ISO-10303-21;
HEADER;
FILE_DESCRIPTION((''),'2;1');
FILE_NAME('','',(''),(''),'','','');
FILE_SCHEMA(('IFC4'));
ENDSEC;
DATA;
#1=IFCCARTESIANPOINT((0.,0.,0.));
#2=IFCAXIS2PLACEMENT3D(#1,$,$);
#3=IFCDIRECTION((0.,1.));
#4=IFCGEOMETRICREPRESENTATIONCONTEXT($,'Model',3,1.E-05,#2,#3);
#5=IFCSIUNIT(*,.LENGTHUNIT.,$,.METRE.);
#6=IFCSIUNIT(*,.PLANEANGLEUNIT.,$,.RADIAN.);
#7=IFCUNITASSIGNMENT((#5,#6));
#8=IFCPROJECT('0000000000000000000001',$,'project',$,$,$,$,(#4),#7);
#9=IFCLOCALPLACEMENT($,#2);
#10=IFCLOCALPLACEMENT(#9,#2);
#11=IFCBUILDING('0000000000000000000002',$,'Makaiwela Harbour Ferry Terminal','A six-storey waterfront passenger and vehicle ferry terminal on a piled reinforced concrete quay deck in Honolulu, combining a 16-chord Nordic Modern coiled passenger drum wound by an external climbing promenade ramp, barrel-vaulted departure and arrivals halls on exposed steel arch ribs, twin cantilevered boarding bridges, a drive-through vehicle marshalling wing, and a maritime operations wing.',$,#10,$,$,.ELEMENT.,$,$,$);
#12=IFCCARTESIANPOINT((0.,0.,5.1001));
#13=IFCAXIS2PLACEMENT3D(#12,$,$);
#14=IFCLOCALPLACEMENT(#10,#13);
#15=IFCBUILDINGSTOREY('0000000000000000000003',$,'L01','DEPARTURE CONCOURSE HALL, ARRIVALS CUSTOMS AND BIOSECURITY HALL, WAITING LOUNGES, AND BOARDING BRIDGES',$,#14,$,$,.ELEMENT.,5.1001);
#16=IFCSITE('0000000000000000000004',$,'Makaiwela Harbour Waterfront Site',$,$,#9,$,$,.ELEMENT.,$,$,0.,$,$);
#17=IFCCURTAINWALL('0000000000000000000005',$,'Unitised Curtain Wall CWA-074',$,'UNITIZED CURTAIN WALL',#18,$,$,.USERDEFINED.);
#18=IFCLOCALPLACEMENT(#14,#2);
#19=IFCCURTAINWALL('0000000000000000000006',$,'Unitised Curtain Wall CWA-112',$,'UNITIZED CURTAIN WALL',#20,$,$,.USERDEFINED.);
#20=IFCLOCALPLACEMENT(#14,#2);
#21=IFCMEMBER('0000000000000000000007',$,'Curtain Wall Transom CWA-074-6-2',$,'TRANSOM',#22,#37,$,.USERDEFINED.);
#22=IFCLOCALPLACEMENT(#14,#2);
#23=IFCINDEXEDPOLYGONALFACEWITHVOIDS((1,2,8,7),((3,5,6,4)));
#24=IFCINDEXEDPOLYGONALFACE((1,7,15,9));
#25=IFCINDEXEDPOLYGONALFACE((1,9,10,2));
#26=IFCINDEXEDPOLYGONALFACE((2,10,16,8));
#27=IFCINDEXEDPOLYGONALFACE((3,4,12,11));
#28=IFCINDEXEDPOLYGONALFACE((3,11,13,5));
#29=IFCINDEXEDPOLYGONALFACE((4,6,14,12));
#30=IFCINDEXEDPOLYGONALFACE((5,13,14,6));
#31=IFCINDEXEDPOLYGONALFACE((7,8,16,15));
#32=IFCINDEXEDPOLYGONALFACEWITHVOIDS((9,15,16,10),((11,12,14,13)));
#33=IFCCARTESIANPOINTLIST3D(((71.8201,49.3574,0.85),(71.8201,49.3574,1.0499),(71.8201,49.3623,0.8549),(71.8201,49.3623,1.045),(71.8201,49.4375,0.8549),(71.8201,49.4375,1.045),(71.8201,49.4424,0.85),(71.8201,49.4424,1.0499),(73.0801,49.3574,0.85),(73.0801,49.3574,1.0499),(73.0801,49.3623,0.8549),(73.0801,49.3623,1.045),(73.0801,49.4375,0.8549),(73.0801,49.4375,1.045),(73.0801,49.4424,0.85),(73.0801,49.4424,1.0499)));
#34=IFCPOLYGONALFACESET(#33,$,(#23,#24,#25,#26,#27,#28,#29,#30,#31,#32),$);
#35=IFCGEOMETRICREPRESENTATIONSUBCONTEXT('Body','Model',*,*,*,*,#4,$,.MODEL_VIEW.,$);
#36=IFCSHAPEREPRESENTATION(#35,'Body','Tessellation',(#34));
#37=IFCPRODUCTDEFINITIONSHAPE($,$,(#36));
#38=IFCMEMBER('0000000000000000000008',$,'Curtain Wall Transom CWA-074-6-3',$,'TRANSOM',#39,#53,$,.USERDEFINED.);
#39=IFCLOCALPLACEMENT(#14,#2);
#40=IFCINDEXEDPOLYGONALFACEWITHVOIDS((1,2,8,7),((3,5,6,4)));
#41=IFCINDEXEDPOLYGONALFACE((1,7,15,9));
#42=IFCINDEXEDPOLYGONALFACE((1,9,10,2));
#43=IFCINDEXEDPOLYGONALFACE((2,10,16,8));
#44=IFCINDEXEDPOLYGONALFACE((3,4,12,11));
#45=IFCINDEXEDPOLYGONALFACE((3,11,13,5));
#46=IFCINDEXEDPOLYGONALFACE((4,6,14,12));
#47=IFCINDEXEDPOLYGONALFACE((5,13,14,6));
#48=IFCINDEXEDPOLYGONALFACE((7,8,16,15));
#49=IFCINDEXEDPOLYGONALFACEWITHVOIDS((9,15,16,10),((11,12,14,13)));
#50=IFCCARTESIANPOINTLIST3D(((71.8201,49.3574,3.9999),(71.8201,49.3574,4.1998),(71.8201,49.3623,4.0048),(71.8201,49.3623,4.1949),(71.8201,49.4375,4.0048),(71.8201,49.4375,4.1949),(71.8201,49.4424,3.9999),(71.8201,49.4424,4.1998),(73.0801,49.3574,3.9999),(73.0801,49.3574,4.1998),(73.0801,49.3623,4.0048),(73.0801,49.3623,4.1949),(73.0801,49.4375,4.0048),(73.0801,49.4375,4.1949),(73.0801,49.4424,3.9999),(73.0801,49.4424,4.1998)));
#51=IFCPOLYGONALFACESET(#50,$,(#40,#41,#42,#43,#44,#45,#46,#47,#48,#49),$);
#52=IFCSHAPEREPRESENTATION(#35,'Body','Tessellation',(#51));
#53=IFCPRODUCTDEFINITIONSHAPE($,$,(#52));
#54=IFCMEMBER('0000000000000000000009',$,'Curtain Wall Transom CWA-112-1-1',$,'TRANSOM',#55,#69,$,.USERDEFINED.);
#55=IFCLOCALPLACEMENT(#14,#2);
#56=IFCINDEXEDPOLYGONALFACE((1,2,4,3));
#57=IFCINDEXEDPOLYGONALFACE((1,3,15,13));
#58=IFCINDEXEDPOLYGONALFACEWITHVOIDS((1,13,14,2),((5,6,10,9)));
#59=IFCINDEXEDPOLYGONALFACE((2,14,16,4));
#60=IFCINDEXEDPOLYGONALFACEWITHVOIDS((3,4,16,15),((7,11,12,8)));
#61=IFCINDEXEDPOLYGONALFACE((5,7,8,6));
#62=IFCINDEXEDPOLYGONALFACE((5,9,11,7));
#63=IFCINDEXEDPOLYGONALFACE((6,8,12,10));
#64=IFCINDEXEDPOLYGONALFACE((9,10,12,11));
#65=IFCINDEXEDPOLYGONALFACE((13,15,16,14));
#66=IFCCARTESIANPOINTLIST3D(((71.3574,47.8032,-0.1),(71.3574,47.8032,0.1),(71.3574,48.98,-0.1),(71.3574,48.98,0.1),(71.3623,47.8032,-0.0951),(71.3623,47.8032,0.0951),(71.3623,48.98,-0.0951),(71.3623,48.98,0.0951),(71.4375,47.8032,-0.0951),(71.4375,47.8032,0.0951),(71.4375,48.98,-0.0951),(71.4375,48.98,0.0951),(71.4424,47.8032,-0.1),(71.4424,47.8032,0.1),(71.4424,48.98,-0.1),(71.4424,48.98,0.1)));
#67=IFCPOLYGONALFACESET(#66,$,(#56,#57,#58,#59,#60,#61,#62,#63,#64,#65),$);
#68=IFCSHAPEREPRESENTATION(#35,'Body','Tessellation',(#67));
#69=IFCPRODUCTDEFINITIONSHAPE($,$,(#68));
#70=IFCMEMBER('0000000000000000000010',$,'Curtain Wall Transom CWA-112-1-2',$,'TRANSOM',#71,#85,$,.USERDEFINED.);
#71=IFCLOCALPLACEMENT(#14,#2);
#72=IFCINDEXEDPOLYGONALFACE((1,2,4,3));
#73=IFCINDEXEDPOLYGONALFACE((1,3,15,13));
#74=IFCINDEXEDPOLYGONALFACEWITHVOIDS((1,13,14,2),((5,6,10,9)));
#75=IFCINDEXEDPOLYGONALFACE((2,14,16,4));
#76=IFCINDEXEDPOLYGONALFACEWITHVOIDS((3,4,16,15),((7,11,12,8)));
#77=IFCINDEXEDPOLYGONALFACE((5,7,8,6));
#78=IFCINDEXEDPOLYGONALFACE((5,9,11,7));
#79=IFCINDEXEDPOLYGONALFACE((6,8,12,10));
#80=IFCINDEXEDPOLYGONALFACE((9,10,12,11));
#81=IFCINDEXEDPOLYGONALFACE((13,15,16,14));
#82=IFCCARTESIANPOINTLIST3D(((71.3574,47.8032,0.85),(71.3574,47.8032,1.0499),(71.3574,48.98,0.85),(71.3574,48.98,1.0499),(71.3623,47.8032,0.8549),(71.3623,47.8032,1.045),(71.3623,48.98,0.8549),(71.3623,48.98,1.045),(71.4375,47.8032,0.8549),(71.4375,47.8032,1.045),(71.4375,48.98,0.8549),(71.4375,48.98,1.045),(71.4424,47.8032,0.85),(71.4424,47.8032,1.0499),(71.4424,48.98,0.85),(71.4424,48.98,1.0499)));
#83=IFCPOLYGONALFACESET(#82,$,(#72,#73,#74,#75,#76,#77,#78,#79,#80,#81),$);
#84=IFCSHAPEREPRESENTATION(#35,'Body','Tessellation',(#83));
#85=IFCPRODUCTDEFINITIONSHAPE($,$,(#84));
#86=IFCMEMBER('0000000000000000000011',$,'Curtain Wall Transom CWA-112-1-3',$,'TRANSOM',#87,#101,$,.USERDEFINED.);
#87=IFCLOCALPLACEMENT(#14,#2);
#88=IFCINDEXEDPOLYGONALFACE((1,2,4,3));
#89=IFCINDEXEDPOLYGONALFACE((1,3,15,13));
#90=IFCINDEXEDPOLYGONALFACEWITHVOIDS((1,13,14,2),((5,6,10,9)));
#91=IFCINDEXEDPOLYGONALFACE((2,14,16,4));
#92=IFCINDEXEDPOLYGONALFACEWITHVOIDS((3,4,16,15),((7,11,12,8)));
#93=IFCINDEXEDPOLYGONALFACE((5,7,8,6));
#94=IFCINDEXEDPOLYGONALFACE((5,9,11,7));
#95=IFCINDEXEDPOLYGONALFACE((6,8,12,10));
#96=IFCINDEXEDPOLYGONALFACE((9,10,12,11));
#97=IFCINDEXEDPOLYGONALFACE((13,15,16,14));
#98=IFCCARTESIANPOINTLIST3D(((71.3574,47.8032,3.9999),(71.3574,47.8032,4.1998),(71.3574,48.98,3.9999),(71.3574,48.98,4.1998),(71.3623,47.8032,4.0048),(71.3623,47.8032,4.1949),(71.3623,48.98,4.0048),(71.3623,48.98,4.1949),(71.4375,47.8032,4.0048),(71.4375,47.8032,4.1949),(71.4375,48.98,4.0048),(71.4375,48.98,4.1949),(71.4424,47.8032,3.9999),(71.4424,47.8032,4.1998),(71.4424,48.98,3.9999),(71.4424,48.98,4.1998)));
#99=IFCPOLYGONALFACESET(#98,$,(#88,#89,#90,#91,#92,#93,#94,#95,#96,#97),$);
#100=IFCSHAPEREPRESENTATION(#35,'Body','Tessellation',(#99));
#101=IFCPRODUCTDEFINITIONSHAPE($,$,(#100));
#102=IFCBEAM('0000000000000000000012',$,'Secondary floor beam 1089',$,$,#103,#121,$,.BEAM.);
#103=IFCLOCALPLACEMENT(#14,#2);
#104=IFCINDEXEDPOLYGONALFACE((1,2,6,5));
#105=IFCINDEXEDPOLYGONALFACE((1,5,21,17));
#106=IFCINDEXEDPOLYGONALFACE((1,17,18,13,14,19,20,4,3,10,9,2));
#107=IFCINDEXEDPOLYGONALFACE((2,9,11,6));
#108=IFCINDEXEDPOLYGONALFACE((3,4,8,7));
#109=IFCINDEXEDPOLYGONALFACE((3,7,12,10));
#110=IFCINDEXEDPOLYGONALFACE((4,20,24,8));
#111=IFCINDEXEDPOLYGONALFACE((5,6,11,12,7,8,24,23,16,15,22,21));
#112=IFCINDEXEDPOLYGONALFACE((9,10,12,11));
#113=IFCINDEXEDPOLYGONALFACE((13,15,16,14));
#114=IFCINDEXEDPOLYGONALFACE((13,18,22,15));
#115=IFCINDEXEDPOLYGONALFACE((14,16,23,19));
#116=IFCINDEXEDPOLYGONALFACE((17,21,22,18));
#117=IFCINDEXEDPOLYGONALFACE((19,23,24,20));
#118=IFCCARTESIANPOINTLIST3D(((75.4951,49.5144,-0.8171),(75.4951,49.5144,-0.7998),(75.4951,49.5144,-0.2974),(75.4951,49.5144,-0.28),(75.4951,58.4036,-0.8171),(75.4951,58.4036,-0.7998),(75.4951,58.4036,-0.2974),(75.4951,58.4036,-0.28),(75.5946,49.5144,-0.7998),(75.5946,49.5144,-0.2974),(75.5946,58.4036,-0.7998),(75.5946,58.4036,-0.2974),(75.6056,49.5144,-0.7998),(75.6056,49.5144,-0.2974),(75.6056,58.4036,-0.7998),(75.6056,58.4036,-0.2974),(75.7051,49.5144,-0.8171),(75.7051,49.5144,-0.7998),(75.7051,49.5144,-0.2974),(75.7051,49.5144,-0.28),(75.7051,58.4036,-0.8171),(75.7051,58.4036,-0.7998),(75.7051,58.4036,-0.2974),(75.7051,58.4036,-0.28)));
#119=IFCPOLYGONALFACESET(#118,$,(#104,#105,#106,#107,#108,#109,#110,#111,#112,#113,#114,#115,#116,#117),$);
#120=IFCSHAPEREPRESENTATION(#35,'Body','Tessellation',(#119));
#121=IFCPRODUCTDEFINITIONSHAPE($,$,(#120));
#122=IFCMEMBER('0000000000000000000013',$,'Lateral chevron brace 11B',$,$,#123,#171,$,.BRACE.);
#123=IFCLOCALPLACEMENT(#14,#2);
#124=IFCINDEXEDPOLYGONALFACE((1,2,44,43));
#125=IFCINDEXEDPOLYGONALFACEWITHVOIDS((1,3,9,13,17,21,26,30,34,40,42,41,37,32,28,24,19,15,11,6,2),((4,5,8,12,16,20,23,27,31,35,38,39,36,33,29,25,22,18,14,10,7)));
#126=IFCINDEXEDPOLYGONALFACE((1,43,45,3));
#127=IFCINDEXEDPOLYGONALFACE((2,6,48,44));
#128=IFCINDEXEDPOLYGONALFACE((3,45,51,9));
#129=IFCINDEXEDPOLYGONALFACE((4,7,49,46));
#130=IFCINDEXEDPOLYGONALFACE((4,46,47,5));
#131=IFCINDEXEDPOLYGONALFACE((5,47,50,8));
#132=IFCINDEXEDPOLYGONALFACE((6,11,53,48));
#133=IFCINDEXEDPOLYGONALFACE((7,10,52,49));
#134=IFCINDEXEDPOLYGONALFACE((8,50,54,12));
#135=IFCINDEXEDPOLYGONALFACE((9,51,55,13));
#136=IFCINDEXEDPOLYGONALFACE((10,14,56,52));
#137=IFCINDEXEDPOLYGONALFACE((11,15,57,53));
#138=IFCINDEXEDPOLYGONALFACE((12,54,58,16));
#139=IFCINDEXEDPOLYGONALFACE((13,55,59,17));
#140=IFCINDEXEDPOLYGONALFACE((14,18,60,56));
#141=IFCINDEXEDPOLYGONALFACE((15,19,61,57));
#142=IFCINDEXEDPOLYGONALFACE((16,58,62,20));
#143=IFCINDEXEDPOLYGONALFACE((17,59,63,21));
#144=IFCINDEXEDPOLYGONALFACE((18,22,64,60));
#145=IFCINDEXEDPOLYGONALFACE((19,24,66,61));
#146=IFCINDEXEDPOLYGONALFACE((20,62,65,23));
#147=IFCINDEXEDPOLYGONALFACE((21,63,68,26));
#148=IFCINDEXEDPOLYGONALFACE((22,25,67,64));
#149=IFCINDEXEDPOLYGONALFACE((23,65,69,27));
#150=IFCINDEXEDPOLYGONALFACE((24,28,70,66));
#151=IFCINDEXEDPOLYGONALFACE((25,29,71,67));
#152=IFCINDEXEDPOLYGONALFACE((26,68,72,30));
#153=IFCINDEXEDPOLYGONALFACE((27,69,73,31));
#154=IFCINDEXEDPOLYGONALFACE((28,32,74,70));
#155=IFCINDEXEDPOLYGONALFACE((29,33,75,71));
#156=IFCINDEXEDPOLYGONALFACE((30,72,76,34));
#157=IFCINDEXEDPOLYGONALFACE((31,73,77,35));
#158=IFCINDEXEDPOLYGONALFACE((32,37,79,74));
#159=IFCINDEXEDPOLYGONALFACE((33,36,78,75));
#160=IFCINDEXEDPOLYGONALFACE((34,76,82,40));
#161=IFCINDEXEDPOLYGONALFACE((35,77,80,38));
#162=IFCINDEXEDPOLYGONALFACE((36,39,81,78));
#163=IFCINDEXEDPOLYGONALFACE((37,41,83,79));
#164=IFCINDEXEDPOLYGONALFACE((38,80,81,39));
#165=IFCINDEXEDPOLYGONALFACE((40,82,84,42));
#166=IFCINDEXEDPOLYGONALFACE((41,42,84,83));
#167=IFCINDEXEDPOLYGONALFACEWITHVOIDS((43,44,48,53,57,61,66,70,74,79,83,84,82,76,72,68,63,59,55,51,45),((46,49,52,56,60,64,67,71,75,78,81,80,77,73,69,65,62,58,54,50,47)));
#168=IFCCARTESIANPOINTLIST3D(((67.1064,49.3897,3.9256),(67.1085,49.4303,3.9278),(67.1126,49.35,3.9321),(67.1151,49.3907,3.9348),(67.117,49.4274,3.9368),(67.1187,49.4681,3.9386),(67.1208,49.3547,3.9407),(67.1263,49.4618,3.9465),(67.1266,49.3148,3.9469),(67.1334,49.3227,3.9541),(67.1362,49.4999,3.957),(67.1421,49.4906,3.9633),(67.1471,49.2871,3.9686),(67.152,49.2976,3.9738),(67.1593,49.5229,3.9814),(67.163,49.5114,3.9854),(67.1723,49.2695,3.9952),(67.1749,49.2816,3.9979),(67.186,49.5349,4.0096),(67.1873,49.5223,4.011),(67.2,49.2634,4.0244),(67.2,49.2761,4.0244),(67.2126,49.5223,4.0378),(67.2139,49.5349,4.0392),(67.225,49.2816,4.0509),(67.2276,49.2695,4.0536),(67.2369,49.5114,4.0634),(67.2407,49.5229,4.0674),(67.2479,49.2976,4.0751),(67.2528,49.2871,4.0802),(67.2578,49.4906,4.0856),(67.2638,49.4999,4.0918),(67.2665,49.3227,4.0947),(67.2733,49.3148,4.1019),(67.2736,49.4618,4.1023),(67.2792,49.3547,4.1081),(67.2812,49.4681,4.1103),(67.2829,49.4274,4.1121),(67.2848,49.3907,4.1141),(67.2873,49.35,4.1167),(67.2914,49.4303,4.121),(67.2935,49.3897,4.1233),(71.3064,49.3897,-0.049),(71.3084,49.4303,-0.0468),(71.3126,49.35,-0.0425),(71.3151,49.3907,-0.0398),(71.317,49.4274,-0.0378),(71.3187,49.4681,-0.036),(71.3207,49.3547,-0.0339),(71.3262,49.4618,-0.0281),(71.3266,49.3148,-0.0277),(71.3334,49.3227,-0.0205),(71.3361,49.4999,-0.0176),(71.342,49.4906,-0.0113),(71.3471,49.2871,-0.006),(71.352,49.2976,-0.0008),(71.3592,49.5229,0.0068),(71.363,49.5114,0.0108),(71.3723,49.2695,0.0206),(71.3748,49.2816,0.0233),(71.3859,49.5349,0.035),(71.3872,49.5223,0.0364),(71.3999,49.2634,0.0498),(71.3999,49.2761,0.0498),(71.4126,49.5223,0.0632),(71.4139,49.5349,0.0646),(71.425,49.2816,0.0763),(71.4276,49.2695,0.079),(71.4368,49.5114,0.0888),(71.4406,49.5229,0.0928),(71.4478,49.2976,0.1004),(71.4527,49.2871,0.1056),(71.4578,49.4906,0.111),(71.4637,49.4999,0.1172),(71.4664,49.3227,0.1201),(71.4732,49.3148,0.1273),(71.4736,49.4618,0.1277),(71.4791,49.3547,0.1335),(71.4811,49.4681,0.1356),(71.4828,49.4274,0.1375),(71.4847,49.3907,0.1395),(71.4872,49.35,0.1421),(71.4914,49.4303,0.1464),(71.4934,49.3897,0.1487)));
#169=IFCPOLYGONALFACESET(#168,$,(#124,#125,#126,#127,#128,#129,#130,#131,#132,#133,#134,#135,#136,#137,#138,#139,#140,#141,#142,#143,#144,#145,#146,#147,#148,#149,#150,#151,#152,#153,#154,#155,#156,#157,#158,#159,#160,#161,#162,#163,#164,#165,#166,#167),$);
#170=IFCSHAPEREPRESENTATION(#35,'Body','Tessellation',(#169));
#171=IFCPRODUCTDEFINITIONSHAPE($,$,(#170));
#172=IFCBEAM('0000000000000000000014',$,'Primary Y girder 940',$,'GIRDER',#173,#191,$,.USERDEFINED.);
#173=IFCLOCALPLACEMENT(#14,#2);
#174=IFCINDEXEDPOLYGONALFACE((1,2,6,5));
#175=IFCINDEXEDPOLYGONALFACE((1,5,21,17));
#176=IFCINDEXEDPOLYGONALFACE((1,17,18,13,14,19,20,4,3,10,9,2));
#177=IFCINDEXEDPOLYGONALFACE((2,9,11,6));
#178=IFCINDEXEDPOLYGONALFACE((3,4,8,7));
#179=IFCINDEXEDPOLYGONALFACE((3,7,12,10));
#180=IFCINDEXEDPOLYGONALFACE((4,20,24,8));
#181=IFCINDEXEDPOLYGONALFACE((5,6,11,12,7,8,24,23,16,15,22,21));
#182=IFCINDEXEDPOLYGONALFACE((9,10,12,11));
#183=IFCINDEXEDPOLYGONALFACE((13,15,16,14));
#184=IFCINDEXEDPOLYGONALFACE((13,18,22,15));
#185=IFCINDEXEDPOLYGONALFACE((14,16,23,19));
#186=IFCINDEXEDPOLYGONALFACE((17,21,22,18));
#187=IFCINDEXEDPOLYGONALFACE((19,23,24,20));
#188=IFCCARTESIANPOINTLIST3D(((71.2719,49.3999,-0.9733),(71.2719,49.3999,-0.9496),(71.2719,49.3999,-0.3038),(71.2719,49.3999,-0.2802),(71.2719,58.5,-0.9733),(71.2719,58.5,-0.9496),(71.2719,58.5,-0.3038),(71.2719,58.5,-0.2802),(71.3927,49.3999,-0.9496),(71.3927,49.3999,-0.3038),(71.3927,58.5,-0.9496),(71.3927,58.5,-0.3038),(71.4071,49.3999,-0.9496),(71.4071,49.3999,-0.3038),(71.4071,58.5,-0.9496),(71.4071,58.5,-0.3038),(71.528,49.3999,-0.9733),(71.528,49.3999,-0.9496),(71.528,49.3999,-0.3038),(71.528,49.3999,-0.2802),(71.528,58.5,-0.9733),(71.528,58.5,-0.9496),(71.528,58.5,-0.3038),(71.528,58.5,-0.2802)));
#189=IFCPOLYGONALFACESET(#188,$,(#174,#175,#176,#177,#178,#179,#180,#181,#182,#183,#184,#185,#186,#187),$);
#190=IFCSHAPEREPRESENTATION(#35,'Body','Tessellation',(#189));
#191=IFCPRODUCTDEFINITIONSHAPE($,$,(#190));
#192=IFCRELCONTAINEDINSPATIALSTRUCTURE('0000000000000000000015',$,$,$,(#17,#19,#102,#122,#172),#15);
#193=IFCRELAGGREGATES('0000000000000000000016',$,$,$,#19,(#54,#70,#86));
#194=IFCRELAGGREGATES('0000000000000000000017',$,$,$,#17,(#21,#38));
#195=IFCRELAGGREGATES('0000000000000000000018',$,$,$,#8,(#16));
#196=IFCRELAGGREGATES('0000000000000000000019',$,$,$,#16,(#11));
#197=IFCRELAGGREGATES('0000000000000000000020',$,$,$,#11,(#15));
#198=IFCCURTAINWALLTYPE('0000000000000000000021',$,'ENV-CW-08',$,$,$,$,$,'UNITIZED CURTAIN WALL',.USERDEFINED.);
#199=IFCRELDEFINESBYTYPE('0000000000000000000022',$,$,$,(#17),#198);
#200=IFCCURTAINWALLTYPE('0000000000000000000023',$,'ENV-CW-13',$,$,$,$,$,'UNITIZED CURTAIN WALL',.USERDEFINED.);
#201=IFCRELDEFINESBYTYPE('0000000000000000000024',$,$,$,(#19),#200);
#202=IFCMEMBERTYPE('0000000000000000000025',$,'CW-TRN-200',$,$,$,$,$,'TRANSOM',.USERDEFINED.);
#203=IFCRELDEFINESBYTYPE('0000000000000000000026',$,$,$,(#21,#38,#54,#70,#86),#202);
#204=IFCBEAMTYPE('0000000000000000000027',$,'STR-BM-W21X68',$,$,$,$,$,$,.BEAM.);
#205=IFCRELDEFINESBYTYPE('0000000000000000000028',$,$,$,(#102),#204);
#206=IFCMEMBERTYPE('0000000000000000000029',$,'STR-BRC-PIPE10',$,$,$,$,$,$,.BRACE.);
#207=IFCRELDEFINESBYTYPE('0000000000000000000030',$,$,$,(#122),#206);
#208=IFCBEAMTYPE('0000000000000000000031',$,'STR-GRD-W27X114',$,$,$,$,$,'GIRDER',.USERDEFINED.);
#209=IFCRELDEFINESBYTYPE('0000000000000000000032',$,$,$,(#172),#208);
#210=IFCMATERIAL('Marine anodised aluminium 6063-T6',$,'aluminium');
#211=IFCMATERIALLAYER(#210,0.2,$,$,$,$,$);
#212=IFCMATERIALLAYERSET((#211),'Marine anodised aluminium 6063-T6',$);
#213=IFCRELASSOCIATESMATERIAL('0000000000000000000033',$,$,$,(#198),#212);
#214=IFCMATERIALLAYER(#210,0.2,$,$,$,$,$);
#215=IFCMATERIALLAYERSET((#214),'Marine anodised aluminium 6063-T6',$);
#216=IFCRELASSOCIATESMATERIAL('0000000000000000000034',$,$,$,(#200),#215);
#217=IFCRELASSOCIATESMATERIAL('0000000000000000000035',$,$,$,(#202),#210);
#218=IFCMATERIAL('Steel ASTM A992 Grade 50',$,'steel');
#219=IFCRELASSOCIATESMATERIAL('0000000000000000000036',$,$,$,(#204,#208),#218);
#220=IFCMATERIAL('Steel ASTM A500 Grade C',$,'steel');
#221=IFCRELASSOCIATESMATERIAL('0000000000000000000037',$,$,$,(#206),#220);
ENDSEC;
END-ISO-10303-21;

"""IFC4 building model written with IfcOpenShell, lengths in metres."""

from ifc_helpers import new_model, si_unit, direction, frame, origin, origin_2d, place, context, subcontext, project, spatial, hollow_rectangle, hollow_circle, i_section, extrude, material, layer, layer_set, material_profile, profile_set, type_object, element, aggregate, save


model = new_model("IFC4")

# Units and contexts
model_context = context("Model", 3, precision=1e-05, world=origin(), true_north=direction((0.0, 1.0)))
body_context = subcontext(model_context, "Body", "Model", "MODEL_VIEW")
ifc_project = project(units=[si_unit("LENGTHUNIT", "METRE"), si_unit("PLANEANGLEUNIT", "RADIAN")], contexts=[model_context])

# Site, building, storey
site_placement = place(None, origin())
site = spatial("IfcSite", under=ifc_project, at=site_placement, Name="Makaiwela Harbour Waterfront Site", CompositionType="ELEMENT", RefElevation=0.0)
building_placement = place(site_placement, origin())
building = spatial("IfcBuilding", under=site, at=building_placement, Name="Makaiwela Harbour Ferry Terminal", Description="A six-storey waterfront passenger and vehicle ferry terminal on a piled reinforced concrete quay deck in Honolulu, combining a 16-chord Nordic Modern coiled passenger drum wound by an external climbing promenade ramp, barrel-vaulted departure and arrivals halls on exposed steel arch ribs, twin cantilevered boarding bridges, a drive-through vehicle marshalling wing, and a maritime operations wing.", CompositionType="ELEMENT")
storey_placement = place(building_placement, frame((0.0, 0.0, 5.1001)))
storey = spatial("IfcBuildingStorey", under=building, at=storey_placement, Name="L01", Description="DEPARTURE CONCOURSE HALL, ARRIVALS CUSTOMS AND BIOSECURITY HALL, WAITING LOUNGES, AND BOARDING BRIDGES", CompositionType="ELEMENT", Elevation=5.1001)

# Shared definitions
ifc_material_1 = material(Name="Steel ASTM A992 Grade 50", Category="steel")

# Curtain wall
ifc_material_2 = material(Name="Marine anodised aluminium 6063-T6", Category="aluminium")
ifc_layer_1 = layer(ifc_material_2, 0.2)
ifc_layer_set_1 = layer_set([ifc_layer_1], Name="Marine anodised aluminium 6063-T6")
curtain_wall_type_1 = type_object("IfcCurtainWallType", Name="ENV-CW-08", ElementType="UNITIZED CURTAIN WALL", PredefinedType="USERDEFINED", material=ifc_layer_set_1)
curtain_wall_1_placement = place(storey_placement, origin())
curtain_wall_1 = element("IfcCurtainWall", 1, at=curtain_wall_1_placement, inside=storey, type_object=curtain_wall_type_1, Name="Unitised Curtain Wall CWA-074", ObjectType="UNITIZED CURTAIN WALL", PredefinedType="USERDEFINED")

# Curtain wall
ifc_layer_2 = layer(ifc_material_2, 0.2)
ifc_layer_set_2 = layer_set([ifc_layer_2], Name="Marine anodised aluminium 6063-T6")
curtain_wall_type_2 = type_object("IfcCurtainWallType", Name="ENV-CW-13", ElementType="UNITIZED CURTAIN WALL", PredefinedType="USERDEFINED", material=ifc_layer_set_2)
curtain_wall_2_placement = place(storey_placement, origin())
curtain_wall_2 = element("IfcCurtainWall", 2, at=curtain_wall_2_placement, inside=storey, type_object=curtain_wall_type_2, Name="Unitised Curtain Wall CWA-112", ObjectType="UNITIZED CURTAIN WALL", PredefinedType="USERDEFINED")

# Members
ifc_material_profile_1 = material_profile(ifc_material_2, hollow_rectangle(XDim=0.085, YDim=0.2, WallThickness=0.0049, at=origin_2d()), Name="CWT-200X85")
ifc_profile_set_1 = profile_set([ifc_material_profile_1], Name="Marine anodised aluminium 6063-T6")
member_type_1 = type_object("IfcMemberType", Name="CW-TRN-200", ElementType="TRANSOM", PredefinedType="USERDEFINED", material=ifc_profile_set_1)
member_1_placement = place(storey_placement, frame((73.0801, 49.3999, 0.95), z_axis=(-1.0, 0.0, 0.0), x_axis=(0.0, -1.0, 0.0)))
member_1 = element("IfcMember", 3, at=member_1_placement, type_object=member_type_1, Name="Curtain Wall Transom CWA-074-6-2", ObjectType="TRANSOM", PredefinedType="USERDEFINED", context=body_context, shape_type="SweptSolid", body=[
    extrude(hollow_rectangle(XDim=0.085, YDim=0.2, WallThickness=0.0049, at=origin_2d()), origin(), (0.0, 0.0, 1.0), 1.26),
])
member_2_placement = place(storey_placement, frame((73.0801, 49.3999, 4.0999), z_axis=(-1.0, 0.0, 0.0), x_axis=(0.0, -1.0, 0.0)))
member_2 = element("IfcMember", 4, at=member_2_placement, type_object=member_type_1, Name="Curtain Wall Transom CWA-074-6-3", ObjectType="TRANSOM", PredefinedType="USERDEFINED", context=body_context, shape_type="SweptSolid", body=[
    extrude(hollow_rectangle(XDim=0.085, YDim=0.2, WallThickness=0.0049, at=origin_2d()), origin(), (0.0, 0.0, 1.0), 1.26),
])
member_3_placement = place(storey_placement, frame((71.3999, 48.98, 0.0), z_axis=(0.0, -1.0, 0.0), x_axis=(1.0, 0.0, 0.0)))
member_3 = element("IfcMember", 5, at=member_3_placement, type_object=member_type_1, Name="Curtain Wall Transom CWA-112-1-1", ObjectType="TRANSOM", PredefinedType="USERDEFINED", context=body_context, shape_type="SweptSolid", body=[
    extrude(hollow_rectangle(XDim=0.085, YDim=0.2, WallThickness=0.0049, at=origin_2d()), origin(), (0.0, 0.0, 1.0), 1.1768),
])
member_4_placement = place(storey_placement, frame((71.3999, 48.98, 0.95), z_axis=(0.0, -1.0, 0.0), x_axis=(1.0, 0.0, 0.0)))
member_4 = element("IfcMember", 6, at=member_4_placement, type_object=member_type_1, Name="Curtain Wall Transom CWA-112-1-2", ObjectType="TRANSOM", PredefinedType="USERDEFINED", context=body_context, shape_type="SweptSolid", body=[
    extrude(hollow_rectangle(XDim=0.085, YDim=0.2, WallThickness=0.0049, at=origin_2d()), origin(), (0.0, 0.0, 1.0), 1.1768),
])
member_5_placement = place(storey_placement, frame((71.3999, 48.98, 4.0999), z_axis=(0.0, -1.0, 0.0), x_axis=(1.0, 0.0, 0.0)))
member_5 = element("IfcMember", 7, at=member_5_placement, type_object=member_type_1, Name="Curtain Wall Transom CWA-112-1-3", ObjectType="TRANSOM", PredefinedType="USERDEFINED", context=body_context, shape_type="SweptSolid", body=[
    extrude(hollow_rectangle(XDim=0.085, YDim=0.2, WallThickness=0.0049, at=origin_2d()), origin(), (0.0, 0.0, 1.0), 1.1768),
])
aggregate(curtain_wall_2, [member_3, member_4, member_5])

# Beam
ifc_material_profile_2 = material_profile(ifc_material_1, i_section(OverallWidth=0.21, OverallDepth=0.5371, WebThickness=0.011, FlangeThickness=0.0173, at=origin_2d()), Name="W21X68")
ifc_profile_set_2 = profile_set([ifc_material_profile_2], Name="Steel ASTM A992 Grade 50")
beam_type_1 = type_object("IfcBeamType", Name="STR-BM-W21X68", PredefinedType="BEAM", material=ifc_profile_set_2)
beam_1_placement = place(storey_placement, frame((75.6001, 49.5144, -0.5486), z_axis=(0.0, 1.0, 0.0), x_axis=(-1.0, 0.0, 0.0)))
element("IfcBeam", 8, at=beam_1_placement, inside=storey, type_object=beam_type_1, Name="Secondary floor beam 1089", PredefinedType="BEAM", context=body_context, shape_type="SweptSolid", body=[
    extrude(i_section(OverallWidth=0.21, OverallDepth=0.5371, WebThickness=0.011, FlangeThickness=0.0173, at=origin_2d()), origin(), (0.0, 0.0, 1.0), 8.8892),
])

# Member
ifc_material_3 = material(Name="Steel ASTM A500 Grade C", Category="steel")
ifc_material_profile_3 = material_profile(ifc_material_3, hollow_circle(Radius=0.1365, WallThickness=0.0127, at=origin_2d()), Name="PIPE10XS")
ifc_profile_set_3 = profile_set([ifc_material_profile_3], Name="Steel ASTM A500 Grade C")
member_type_2 = type_object("IfcMemberType", Name="STR-BRC-PIPE10", PredefinedType="BRACE", material=ifc_profile_set_3)
member_6_placement = place(storey_placement, frame((71.3999, 49.3999, 0.0498), z_axis=(-0.726323, 0.0, 0.687353), x_axis=(0.0, -1.0, 0.0)))
element("IfcMember", 9, at=member_6_placement, inside=storey, type_object=member_type_2, Name="Lateral chevron brace 11B", PredefinedType="BRACE", context=body_context, shape_type="SweptSolid", body=[
    extrude(hollow_circle(Radius=0.1365, WallThickness=0.0127, at=origin_2d()), origin(), (0.0, 0.0, 1.0), 5.7825),
])

# Beam
ifc_material_profile_4 = material_profile(ifc_material_1, i_section(OverallWidth=0.2561, OverallDepth=0.6931, WebThickness=0.0144, FlangeThickness=0.0237, at=origin_2d()), Name="W27X114")
ifc_profile_set_4 = profile_set([ifc_material_profile_4], Name="Steel ASTM A992 Grade 50")
beam_type_2 = type_object("IfcBeamType", Name="STR-GRD-W27X114", ElementType="GIRDER", PredefinedType="USERDEFINED", material=ifc_profile_set_4)
beam_2_placement = place(storey_placement, frame((71.3999, 49.3999, -0.6267), z_axis=(0.0, 1.0, 0.0), x_axis=(-1.0, 0.0, 0.0)))
element("IfcBeam", 10, at=beam_2_placement, inside=storey, type_object=beam_type_2, Name="Primary Y girder 940", ObjectType="GIRDER", PredefinedType="USERDEFINED", context=body_context, shape_type="SweptSolid", body=[
    extrude(i_section(OverallWidth=0.2561, OverallDepth=0.6931, WebThickness=0.0144, FlangeThickness=0.0237, at=origin_2d()), origin(), (0.0, 0.0, 1.0), 9.1001),
])

aggregate(curtain_wall_1, [member_1, member_2])

save(model, "model.ifc")
